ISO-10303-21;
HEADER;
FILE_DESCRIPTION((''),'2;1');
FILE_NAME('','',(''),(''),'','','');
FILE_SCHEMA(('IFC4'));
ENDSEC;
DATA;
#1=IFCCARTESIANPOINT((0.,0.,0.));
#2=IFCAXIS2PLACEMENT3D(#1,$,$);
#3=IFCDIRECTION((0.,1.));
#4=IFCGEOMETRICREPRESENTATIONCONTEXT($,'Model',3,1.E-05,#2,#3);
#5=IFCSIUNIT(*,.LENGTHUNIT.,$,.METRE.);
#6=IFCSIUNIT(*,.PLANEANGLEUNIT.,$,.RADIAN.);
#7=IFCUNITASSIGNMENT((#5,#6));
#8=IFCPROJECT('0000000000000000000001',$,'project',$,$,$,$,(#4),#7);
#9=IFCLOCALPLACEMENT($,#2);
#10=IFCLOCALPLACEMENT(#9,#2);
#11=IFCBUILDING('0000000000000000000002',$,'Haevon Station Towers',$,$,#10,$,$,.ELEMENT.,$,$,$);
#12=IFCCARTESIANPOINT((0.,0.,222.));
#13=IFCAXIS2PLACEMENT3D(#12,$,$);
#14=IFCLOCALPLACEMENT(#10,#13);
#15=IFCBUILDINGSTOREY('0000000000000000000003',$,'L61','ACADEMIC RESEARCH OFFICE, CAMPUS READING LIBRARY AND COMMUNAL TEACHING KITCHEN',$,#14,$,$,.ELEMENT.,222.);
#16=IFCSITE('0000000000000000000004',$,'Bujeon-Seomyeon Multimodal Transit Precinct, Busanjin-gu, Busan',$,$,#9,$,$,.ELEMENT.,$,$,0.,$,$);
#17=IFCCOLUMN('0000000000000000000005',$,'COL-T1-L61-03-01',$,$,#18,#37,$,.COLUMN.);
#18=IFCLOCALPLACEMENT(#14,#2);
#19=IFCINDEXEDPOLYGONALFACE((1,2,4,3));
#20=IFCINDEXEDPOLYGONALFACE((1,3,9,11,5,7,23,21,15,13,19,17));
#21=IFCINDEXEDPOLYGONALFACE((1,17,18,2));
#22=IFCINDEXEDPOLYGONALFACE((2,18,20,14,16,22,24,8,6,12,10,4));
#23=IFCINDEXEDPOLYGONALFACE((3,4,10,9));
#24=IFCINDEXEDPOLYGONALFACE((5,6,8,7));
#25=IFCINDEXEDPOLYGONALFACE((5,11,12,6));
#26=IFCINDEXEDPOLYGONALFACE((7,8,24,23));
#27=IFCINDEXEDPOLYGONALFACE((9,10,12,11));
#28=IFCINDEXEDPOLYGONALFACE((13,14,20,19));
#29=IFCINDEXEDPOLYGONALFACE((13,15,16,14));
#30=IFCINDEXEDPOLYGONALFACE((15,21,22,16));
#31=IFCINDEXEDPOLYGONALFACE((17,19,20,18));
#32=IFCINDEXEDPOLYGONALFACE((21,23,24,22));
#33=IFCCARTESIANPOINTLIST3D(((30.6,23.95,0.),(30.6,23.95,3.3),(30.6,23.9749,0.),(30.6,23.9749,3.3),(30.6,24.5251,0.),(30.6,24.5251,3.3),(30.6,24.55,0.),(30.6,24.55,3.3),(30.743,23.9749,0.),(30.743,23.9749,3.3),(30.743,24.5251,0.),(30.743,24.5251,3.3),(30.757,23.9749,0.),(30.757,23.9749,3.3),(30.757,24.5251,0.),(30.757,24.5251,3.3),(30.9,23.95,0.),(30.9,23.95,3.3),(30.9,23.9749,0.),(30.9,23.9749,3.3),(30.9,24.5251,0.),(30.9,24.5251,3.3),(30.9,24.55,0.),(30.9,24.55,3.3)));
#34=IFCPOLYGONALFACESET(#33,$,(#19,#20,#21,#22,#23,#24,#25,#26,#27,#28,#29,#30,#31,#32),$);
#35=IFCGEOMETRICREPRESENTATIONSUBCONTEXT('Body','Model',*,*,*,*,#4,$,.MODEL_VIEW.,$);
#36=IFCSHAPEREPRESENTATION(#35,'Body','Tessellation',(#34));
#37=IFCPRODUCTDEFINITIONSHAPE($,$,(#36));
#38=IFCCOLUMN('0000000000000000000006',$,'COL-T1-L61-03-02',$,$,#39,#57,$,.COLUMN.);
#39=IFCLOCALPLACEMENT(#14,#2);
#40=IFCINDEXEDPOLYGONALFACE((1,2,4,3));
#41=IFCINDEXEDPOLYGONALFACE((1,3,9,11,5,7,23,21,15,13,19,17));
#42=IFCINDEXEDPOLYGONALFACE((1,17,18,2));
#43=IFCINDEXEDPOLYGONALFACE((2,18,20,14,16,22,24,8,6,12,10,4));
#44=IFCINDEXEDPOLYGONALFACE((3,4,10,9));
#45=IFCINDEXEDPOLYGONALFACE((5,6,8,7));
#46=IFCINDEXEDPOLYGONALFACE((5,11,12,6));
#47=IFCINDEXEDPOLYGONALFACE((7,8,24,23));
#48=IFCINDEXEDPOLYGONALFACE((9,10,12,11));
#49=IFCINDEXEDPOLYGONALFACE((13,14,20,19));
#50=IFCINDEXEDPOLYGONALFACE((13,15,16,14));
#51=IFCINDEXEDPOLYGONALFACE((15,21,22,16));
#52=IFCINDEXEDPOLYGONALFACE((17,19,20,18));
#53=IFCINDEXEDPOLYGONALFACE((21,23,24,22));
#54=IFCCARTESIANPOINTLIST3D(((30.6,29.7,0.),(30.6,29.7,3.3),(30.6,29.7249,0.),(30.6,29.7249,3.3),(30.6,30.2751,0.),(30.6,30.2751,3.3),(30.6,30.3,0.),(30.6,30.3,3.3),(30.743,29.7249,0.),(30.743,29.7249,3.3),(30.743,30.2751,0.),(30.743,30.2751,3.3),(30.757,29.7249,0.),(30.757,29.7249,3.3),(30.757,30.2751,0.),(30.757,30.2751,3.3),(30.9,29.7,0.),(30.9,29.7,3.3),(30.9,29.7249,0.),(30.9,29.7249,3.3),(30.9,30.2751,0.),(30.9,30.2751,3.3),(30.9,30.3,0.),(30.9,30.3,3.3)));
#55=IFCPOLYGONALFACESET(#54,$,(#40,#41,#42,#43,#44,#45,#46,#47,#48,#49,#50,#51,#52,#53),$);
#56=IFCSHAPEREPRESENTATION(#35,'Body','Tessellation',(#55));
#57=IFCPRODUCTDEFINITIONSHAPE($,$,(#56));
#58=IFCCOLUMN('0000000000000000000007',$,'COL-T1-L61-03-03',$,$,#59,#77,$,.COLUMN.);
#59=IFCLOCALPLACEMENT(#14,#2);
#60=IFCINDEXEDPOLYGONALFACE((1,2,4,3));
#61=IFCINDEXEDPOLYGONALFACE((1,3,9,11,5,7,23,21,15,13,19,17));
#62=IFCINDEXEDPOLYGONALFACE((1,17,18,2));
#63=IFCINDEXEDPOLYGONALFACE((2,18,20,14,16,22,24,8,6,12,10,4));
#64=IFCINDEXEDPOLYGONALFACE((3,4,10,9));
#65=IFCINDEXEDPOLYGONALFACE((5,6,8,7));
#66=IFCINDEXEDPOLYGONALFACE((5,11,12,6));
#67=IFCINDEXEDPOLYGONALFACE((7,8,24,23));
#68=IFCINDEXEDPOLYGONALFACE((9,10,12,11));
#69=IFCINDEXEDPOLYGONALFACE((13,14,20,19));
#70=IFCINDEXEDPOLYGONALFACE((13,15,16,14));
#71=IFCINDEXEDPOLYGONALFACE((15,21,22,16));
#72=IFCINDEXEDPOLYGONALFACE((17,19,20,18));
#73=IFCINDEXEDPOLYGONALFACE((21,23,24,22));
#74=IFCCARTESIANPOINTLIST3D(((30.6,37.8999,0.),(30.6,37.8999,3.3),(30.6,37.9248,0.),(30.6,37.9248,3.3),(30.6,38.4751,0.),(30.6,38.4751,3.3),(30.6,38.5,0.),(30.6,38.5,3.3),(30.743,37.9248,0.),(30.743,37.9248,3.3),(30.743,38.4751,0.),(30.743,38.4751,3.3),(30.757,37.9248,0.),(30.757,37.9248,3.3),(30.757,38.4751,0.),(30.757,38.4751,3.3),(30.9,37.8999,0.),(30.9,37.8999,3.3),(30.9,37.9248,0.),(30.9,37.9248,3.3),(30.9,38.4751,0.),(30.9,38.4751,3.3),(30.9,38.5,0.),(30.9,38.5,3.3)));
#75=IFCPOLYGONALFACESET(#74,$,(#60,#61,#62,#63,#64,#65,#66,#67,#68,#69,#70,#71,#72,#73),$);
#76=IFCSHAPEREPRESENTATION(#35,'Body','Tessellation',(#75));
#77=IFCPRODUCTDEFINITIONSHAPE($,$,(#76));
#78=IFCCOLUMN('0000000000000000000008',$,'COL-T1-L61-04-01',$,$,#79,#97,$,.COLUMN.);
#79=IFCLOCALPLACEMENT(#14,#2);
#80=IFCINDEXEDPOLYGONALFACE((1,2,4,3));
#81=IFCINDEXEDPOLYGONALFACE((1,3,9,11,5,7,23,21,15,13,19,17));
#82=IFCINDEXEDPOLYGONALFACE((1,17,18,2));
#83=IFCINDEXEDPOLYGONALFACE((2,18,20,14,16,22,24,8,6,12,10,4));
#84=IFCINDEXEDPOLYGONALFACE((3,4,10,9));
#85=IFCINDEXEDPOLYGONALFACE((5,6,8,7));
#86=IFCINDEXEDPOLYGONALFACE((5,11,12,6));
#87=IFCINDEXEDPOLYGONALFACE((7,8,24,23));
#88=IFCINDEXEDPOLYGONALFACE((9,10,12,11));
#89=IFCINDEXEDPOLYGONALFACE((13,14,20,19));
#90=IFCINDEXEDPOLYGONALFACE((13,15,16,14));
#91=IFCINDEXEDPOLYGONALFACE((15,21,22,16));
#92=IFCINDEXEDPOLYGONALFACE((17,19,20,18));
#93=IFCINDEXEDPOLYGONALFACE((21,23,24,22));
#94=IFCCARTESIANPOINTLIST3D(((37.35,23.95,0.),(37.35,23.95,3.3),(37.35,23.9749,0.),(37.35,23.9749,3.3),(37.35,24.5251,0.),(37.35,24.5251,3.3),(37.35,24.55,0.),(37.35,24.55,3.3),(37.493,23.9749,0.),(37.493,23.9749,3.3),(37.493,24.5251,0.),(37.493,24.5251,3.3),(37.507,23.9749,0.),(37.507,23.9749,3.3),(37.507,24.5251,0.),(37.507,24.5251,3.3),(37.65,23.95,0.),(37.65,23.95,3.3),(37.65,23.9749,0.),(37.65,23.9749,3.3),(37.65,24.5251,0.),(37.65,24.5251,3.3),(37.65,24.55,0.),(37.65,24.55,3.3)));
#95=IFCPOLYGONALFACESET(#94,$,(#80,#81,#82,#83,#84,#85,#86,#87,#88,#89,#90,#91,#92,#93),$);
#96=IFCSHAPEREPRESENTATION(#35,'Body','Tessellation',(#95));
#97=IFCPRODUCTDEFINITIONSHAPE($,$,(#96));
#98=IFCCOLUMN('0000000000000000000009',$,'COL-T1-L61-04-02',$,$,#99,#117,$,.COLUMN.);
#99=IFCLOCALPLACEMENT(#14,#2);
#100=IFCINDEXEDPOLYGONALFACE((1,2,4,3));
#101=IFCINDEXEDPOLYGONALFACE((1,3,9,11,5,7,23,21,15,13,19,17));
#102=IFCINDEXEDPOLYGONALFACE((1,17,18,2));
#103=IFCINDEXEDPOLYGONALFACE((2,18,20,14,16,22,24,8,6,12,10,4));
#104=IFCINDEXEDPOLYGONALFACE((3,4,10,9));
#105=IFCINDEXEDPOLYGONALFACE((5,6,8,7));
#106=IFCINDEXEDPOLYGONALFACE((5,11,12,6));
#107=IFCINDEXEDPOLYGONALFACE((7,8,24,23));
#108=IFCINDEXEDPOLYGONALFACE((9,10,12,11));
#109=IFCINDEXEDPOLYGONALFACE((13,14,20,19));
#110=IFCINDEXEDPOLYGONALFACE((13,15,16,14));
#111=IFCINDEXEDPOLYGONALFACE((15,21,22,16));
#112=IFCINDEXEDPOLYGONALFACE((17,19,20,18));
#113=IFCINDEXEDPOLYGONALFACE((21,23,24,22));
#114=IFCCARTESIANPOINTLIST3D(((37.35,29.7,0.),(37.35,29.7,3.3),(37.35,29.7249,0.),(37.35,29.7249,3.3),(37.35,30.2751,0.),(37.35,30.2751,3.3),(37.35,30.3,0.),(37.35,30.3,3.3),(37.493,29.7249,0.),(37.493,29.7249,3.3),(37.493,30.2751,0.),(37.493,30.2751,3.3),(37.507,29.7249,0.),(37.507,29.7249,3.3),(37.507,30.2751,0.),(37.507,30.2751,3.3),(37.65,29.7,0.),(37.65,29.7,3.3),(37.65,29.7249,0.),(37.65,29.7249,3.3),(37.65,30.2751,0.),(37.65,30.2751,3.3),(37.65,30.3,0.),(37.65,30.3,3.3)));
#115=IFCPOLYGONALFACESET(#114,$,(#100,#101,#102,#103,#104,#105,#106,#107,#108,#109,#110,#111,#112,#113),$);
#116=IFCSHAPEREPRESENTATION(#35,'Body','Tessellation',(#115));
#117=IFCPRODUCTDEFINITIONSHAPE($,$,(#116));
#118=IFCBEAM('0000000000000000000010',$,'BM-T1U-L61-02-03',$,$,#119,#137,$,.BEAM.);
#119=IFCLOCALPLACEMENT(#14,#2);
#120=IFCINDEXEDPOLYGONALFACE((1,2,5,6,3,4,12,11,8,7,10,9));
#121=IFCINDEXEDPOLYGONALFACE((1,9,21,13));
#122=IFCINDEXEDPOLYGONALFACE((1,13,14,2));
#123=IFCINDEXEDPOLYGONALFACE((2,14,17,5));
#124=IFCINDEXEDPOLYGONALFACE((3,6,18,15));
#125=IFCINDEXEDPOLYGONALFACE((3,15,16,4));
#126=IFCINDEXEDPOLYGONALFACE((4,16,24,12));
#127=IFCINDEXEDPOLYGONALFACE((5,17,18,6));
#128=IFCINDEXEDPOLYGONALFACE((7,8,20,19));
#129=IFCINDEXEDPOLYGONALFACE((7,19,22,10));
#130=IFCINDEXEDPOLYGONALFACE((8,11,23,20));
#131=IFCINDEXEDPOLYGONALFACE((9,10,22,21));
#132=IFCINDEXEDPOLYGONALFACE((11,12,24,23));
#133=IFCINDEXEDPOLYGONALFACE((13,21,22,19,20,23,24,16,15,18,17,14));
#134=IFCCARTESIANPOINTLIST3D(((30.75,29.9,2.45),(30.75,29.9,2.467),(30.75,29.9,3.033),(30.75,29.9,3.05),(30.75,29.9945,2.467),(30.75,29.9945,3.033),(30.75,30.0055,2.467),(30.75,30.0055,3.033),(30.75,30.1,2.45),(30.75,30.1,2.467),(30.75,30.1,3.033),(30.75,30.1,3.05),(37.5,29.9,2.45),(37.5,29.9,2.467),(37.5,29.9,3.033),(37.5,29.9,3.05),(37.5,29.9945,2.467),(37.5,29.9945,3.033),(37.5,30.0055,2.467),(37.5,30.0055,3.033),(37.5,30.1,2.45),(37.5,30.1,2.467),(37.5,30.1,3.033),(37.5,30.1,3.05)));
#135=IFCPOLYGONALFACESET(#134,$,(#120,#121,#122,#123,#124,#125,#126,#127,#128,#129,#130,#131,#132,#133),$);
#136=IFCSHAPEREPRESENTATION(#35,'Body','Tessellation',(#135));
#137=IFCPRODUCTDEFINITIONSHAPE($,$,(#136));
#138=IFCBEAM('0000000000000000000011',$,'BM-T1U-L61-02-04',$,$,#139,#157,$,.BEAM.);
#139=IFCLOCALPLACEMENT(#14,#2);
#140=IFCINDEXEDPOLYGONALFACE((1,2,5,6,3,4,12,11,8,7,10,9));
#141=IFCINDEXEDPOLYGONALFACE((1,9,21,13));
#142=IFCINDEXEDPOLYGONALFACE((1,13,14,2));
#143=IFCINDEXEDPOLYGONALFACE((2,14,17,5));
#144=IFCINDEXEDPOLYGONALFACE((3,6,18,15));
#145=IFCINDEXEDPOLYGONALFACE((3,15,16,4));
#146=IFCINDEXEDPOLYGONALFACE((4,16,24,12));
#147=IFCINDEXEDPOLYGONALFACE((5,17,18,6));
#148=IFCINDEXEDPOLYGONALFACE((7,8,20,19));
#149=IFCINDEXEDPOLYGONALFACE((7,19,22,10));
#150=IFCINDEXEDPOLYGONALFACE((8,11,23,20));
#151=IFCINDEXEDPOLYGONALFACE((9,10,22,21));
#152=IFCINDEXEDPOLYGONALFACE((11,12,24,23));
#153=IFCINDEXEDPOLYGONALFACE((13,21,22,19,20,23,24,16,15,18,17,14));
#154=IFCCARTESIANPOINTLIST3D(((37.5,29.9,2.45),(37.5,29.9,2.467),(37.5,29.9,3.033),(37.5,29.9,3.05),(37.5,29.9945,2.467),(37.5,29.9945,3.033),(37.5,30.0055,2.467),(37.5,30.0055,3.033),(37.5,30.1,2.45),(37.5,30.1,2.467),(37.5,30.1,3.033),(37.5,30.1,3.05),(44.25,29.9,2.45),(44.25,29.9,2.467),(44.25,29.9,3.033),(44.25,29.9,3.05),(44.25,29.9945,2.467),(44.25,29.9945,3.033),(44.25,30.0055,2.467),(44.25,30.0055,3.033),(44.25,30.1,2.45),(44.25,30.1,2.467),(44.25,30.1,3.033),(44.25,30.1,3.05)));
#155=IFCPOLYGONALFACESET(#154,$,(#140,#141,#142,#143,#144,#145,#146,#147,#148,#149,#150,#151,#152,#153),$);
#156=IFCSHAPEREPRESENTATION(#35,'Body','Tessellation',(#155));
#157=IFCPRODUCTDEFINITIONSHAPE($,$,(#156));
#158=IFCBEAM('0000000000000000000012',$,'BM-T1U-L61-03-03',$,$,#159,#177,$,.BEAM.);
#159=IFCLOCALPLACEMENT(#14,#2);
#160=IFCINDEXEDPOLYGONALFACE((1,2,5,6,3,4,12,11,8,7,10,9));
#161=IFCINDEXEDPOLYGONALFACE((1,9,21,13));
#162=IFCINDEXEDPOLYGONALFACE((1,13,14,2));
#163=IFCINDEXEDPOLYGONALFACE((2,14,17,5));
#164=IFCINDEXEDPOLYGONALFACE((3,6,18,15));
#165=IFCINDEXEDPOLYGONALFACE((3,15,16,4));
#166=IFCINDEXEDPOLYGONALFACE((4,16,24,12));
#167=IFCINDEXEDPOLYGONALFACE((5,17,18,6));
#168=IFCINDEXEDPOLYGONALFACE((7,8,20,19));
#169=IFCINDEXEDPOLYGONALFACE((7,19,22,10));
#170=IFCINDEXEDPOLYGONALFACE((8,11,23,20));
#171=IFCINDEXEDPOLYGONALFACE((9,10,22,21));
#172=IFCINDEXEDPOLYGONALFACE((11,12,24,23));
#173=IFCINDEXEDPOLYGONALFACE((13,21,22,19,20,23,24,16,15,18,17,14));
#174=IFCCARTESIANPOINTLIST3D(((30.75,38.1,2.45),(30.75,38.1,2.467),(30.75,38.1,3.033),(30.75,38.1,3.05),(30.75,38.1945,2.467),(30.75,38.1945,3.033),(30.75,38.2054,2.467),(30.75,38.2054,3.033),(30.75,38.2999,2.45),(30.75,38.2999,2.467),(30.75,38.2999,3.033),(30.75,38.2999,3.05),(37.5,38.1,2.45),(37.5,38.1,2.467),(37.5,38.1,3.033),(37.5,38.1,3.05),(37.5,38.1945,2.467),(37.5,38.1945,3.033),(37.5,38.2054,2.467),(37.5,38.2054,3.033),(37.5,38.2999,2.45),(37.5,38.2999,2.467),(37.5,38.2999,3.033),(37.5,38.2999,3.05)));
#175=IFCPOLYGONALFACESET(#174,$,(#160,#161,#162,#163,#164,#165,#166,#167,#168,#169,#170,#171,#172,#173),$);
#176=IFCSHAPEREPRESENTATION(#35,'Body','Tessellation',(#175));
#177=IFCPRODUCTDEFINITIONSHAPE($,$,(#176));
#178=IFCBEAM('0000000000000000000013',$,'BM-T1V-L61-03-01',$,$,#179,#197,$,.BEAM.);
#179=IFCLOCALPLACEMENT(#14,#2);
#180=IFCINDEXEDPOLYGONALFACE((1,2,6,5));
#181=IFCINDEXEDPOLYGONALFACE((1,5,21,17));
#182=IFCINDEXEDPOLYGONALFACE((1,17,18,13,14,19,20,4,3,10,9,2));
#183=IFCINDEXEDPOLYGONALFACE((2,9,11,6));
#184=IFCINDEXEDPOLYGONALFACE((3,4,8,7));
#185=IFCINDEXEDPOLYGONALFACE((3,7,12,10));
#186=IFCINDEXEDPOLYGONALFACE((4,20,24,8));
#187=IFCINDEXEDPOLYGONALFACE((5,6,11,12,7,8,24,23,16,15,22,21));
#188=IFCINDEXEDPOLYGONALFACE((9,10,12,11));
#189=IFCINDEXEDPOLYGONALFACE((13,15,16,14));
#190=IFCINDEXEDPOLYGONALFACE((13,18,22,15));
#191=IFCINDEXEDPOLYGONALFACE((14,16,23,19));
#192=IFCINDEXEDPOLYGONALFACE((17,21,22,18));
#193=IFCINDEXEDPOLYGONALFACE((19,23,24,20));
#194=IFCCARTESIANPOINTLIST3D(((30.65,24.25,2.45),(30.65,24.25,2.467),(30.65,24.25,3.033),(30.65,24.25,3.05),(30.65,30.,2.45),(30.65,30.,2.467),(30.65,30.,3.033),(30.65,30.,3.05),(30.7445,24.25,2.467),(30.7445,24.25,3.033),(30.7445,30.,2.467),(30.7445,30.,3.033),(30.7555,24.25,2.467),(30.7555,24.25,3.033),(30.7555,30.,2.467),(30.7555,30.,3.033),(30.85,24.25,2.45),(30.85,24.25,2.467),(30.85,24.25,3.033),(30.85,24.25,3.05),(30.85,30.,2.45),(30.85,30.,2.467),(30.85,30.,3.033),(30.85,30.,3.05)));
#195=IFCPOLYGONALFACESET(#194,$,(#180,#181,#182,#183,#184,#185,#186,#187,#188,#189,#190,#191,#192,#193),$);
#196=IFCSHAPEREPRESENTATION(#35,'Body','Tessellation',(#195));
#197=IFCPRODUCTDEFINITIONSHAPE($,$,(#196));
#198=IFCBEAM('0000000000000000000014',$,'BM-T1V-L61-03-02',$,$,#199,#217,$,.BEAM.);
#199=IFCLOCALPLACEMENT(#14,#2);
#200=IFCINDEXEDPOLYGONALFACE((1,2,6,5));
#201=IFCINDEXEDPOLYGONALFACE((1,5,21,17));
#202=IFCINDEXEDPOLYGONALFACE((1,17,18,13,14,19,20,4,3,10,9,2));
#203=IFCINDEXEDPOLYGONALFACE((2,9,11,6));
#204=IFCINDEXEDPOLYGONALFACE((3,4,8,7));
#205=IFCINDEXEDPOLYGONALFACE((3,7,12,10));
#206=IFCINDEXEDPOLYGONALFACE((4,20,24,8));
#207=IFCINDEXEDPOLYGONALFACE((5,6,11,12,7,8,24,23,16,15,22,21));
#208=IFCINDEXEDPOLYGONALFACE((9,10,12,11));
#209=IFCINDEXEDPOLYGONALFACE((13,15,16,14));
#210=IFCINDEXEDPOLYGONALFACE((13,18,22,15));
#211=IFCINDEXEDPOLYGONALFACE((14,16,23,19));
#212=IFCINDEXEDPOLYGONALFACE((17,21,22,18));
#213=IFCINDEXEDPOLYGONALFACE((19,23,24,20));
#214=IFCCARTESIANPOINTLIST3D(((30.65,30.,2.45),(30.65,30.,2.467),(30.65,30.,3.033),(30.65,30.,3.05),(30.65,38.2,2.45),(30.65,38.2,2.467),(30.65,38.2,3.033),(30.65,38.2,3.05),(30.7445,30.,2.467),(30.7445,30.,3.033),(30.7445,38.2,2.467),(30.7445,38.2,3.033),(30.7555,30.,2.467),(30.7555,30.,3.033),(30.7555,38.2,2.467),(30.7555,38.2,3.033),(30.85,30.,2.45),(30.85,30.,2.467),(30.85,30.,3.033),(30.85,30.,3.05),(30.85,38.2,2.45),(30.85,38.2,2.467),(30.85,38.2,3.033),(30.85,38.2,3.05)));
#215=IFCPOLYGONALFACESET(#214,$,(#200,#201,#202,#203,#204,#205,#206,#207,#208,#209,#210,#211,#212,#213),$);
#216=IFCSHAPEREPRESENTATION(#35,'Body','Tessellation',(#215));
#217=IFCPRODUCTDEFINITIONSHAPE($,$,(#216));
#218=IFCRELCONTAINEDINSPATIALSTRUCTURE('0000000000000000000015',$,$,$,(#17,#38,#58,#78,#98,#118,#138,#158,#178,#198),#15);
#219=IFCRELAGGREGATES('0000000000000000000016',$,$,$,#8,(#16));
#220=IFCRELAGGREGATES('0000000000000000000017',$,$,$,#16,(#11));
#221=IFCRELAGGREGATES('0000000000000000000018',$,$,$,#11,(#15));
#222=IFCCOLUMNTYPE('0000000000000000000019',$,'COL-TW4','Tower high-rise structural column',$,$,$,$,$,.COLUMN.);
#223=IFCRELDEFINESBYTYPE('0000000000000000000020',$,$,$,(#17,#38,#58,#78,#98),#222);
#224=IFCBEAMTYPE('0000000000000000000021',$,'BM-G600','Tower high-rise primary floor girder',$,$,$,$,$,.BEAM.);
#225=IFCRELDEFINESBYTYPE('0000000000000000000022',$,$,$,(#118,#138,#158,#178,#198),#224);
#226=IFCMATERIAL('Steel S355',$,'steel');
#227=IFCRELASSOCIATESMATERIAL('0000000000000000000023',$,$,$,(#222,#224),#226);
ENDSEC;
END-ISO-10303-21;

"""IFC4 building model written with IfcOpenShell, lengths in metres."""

from ifc_helpers import new_model, si_unit, direction, frame, origin, origin_2d, place, context, subcontext, project, spatial, i_section, extrude, material, material_profile, profile_set, type_object, element, save


model = new_model("IFC4")

# Units and contexts
model_context = context("Model", 3, precision=1e-05, world=origin(), true_north=direction((0.0, 1.0)))
body_context = subcontext(model_context, "Body", "Model", "MODEL_VIEW")
ifc_project = project(units=[si_unit("LENGTHUNIT", "METRE"), si_unit("PLANEANGLEUNIT", "RADIAN")], contexts=[model_context])

# Site, building, storey
site_placement = place(None, origin())
site = spatial("IfcSite", under=ifc_project, at=site_placement, Name="Bujeon-Seomyeon Multimodal Transit Precinct, Busanjin-gu, Busan", CompositionType="ELEMENT", RefElevation=0.0)
building_placement = place(site_placement, origin())
building = spatial("IfcBuilding", under=site, at=building_placement, Name="Haevon Station Towers", CompositionType="ELEMENT")
storey_placement = place(building_placement, frame((0.0, 0.0, 222.0)))
storey = spatial("IfcBuildingStorey", under=building, at=storey_placement, Name="L61", Description="ACADEMIC RESEARCH OFFICE, CAMPUS READING LIBRARY AND COMMUNAL TEACHING KITCHEN", CompositionType="ELEMENT", Elevation=222.0)

# Columns
ifc_material_1 = material(Name="Steel S355", Category="steel")
ifc_material_profile_1 = material_profile(ifc_material_1, i_section(OverallWidth=0.3, OverallDepth=0.6001, WebThickness=0.0139, FlangeThickness=0.0249, at=origin_2d()), Name="H-600x300x14x25")
ifc_profile_set_1 = profile_set([ifc_material_profile_1], Name="Steel S355")
column_type = type_object("IfcColumnType", Name="COL-TW4", Description="Tower high-rise structural column", PredefinedType="COLUMN", material=ifc_profile_set_1)
for number, where, z_axis, x_axis, name in (
    (1, (30.75, 24.25, 0.0), (0.0, 0.0, 1.0), (1.0, 0.0, 0.0), "COL-T1-L61-03-01"),
    (2, (30.75, 30.0, 0.0), (0.0, 0.0, 1.0), (1.0, 0.0, 0.0), "COL-T1-L61-03-02"),
    (3, (30.75, 38.2, 0.0), (0.0, 0.0, 1.0), (1.0, 0.0, 0.0), "COL-T1-L61-03-03"),
    (4, (37.5, 24.25, 0.0), (0.0, 0.0, 1.0), (1.0, 0.0, 0.0), "COL-T1-L61-04-01"),
    (5, (37.5, 30.0, 0.0), (0.0, 0.0, 1.0), (1.0, 0.0, 0.0), "COL-T1-L61-04-02"),
):
    element("IfcColumn", number, at=place(storey_placement, frame(where, z_axis=z_axis, x_axis=x_axis)), inside=storey, type_object=column_type, Name=name, PredefinedType="COLUMN", context=body_context, shape_type="SweptSolid", body=[
        extrude(i_section(OverallWidth=0.3, OverallDepth=0.6001, WebThickness=0.0139, FlangeThickness=0.0249, at=origin_2d()), origin(), (0.0, 0.0, 1.0), 3.3),
    ])

# Beams
ifc_material_profile_2 = material_profile(ifc_material_1, i_section(OverallWidth=0.2, OverallDepth=0.6001, WebThickness=0.011, FlangeThickness=0.0171, at=origin_2d()), Name="H-600x200x11x17")
ifc_profile_set_2 = profile_set([ifc_material_profile_2], Name="Steel S355")
beam_type_1 = type_object("IfcBeamType", Name="BM-G600", Description="Tower high-rise primary floor girder", PredefinedType="BEAM", material=ifc_profile_set_2)
for number, where, z_axis, x_axis, name in (
    (6, (30.75, 30.0, 2.75), (1.0, 0.0, 0.0), (0.0, 1.0, 0.0), "BM-T1U-L61-02-03"),
    (7, (37.5, 30.0, 2.75), (1.0, 0.0, 0.0), (0.0, 1.0, 0.0), "BM-T1U-L61-02-04"),
    (8, (30.75, 38.2, 2.75), (1.0, 0.0, 0.0), (0.0, 1.0, 0.0), "BM-T1U-L61-03-03"),
):
    element("IfcBeam", number, at=place(storey_placement, frame(where, z_axis=z_axis, x_axis=x_axis)), inside=storey, type_object=beam_type_1, Name=name, PredefinedType="BEAM", context=body_context, shape_type="SweptSolid", body=[
        extrude(i_section(OverallWidth=0.2, OverallDepth=0.6001, WebThickness=0.011, FlangeThickness=0.0171, at=origin_2d()), origin(), (0.0, 0.0, 1.0), 6.75),
    ])
beam_1_placement = place(storey_placement, frame((30.75, 24.25, 2.75), z_axis=(0.0, 1.0, 0.0), x_axis=(-1.0, 0.0, 0.0)))
element("IfcBeam", 9, at=beam_1_placement, inside=storey, type_object=beam_type_1, Name="BM-T1V-L61-03-01", PredefinedType="BEAM", context=body_context, shape_type="SweptSolid", body=[
    extrude(i_section(OverallWidth=0.2, OverallDepth=0.6001, WebThickness=0.011, FlangeThickness=0.0171, at=origin_2d()), origin(), (0.0, 0.0, 1.0), 5.75),
])
beam_2_placement = place(storey_placement, frame((30.75, 30.0, 2.75), z_axis=(0.0, 1.0, 0.0), x_axis=(-1.0, 0.0, 0.0)))
element("IfcBeam", 10, at=beam_2_placement, inside=storey, type_object=beam_type_1, Name="BM-T1V-L61-03-02", PredefinedType="BEAM", context=body_context, shape_type="SweptSolid", body=[
    extrude(i_section(OverallWidth=0.2, OverallDepth=0.6001, WebThickness=0.011, FlangeThickness=0.0171, at=origin_2d()), origin(), (0.0, 0.0, 1.0), 8.2),
])

save(model, "model.ifc")
